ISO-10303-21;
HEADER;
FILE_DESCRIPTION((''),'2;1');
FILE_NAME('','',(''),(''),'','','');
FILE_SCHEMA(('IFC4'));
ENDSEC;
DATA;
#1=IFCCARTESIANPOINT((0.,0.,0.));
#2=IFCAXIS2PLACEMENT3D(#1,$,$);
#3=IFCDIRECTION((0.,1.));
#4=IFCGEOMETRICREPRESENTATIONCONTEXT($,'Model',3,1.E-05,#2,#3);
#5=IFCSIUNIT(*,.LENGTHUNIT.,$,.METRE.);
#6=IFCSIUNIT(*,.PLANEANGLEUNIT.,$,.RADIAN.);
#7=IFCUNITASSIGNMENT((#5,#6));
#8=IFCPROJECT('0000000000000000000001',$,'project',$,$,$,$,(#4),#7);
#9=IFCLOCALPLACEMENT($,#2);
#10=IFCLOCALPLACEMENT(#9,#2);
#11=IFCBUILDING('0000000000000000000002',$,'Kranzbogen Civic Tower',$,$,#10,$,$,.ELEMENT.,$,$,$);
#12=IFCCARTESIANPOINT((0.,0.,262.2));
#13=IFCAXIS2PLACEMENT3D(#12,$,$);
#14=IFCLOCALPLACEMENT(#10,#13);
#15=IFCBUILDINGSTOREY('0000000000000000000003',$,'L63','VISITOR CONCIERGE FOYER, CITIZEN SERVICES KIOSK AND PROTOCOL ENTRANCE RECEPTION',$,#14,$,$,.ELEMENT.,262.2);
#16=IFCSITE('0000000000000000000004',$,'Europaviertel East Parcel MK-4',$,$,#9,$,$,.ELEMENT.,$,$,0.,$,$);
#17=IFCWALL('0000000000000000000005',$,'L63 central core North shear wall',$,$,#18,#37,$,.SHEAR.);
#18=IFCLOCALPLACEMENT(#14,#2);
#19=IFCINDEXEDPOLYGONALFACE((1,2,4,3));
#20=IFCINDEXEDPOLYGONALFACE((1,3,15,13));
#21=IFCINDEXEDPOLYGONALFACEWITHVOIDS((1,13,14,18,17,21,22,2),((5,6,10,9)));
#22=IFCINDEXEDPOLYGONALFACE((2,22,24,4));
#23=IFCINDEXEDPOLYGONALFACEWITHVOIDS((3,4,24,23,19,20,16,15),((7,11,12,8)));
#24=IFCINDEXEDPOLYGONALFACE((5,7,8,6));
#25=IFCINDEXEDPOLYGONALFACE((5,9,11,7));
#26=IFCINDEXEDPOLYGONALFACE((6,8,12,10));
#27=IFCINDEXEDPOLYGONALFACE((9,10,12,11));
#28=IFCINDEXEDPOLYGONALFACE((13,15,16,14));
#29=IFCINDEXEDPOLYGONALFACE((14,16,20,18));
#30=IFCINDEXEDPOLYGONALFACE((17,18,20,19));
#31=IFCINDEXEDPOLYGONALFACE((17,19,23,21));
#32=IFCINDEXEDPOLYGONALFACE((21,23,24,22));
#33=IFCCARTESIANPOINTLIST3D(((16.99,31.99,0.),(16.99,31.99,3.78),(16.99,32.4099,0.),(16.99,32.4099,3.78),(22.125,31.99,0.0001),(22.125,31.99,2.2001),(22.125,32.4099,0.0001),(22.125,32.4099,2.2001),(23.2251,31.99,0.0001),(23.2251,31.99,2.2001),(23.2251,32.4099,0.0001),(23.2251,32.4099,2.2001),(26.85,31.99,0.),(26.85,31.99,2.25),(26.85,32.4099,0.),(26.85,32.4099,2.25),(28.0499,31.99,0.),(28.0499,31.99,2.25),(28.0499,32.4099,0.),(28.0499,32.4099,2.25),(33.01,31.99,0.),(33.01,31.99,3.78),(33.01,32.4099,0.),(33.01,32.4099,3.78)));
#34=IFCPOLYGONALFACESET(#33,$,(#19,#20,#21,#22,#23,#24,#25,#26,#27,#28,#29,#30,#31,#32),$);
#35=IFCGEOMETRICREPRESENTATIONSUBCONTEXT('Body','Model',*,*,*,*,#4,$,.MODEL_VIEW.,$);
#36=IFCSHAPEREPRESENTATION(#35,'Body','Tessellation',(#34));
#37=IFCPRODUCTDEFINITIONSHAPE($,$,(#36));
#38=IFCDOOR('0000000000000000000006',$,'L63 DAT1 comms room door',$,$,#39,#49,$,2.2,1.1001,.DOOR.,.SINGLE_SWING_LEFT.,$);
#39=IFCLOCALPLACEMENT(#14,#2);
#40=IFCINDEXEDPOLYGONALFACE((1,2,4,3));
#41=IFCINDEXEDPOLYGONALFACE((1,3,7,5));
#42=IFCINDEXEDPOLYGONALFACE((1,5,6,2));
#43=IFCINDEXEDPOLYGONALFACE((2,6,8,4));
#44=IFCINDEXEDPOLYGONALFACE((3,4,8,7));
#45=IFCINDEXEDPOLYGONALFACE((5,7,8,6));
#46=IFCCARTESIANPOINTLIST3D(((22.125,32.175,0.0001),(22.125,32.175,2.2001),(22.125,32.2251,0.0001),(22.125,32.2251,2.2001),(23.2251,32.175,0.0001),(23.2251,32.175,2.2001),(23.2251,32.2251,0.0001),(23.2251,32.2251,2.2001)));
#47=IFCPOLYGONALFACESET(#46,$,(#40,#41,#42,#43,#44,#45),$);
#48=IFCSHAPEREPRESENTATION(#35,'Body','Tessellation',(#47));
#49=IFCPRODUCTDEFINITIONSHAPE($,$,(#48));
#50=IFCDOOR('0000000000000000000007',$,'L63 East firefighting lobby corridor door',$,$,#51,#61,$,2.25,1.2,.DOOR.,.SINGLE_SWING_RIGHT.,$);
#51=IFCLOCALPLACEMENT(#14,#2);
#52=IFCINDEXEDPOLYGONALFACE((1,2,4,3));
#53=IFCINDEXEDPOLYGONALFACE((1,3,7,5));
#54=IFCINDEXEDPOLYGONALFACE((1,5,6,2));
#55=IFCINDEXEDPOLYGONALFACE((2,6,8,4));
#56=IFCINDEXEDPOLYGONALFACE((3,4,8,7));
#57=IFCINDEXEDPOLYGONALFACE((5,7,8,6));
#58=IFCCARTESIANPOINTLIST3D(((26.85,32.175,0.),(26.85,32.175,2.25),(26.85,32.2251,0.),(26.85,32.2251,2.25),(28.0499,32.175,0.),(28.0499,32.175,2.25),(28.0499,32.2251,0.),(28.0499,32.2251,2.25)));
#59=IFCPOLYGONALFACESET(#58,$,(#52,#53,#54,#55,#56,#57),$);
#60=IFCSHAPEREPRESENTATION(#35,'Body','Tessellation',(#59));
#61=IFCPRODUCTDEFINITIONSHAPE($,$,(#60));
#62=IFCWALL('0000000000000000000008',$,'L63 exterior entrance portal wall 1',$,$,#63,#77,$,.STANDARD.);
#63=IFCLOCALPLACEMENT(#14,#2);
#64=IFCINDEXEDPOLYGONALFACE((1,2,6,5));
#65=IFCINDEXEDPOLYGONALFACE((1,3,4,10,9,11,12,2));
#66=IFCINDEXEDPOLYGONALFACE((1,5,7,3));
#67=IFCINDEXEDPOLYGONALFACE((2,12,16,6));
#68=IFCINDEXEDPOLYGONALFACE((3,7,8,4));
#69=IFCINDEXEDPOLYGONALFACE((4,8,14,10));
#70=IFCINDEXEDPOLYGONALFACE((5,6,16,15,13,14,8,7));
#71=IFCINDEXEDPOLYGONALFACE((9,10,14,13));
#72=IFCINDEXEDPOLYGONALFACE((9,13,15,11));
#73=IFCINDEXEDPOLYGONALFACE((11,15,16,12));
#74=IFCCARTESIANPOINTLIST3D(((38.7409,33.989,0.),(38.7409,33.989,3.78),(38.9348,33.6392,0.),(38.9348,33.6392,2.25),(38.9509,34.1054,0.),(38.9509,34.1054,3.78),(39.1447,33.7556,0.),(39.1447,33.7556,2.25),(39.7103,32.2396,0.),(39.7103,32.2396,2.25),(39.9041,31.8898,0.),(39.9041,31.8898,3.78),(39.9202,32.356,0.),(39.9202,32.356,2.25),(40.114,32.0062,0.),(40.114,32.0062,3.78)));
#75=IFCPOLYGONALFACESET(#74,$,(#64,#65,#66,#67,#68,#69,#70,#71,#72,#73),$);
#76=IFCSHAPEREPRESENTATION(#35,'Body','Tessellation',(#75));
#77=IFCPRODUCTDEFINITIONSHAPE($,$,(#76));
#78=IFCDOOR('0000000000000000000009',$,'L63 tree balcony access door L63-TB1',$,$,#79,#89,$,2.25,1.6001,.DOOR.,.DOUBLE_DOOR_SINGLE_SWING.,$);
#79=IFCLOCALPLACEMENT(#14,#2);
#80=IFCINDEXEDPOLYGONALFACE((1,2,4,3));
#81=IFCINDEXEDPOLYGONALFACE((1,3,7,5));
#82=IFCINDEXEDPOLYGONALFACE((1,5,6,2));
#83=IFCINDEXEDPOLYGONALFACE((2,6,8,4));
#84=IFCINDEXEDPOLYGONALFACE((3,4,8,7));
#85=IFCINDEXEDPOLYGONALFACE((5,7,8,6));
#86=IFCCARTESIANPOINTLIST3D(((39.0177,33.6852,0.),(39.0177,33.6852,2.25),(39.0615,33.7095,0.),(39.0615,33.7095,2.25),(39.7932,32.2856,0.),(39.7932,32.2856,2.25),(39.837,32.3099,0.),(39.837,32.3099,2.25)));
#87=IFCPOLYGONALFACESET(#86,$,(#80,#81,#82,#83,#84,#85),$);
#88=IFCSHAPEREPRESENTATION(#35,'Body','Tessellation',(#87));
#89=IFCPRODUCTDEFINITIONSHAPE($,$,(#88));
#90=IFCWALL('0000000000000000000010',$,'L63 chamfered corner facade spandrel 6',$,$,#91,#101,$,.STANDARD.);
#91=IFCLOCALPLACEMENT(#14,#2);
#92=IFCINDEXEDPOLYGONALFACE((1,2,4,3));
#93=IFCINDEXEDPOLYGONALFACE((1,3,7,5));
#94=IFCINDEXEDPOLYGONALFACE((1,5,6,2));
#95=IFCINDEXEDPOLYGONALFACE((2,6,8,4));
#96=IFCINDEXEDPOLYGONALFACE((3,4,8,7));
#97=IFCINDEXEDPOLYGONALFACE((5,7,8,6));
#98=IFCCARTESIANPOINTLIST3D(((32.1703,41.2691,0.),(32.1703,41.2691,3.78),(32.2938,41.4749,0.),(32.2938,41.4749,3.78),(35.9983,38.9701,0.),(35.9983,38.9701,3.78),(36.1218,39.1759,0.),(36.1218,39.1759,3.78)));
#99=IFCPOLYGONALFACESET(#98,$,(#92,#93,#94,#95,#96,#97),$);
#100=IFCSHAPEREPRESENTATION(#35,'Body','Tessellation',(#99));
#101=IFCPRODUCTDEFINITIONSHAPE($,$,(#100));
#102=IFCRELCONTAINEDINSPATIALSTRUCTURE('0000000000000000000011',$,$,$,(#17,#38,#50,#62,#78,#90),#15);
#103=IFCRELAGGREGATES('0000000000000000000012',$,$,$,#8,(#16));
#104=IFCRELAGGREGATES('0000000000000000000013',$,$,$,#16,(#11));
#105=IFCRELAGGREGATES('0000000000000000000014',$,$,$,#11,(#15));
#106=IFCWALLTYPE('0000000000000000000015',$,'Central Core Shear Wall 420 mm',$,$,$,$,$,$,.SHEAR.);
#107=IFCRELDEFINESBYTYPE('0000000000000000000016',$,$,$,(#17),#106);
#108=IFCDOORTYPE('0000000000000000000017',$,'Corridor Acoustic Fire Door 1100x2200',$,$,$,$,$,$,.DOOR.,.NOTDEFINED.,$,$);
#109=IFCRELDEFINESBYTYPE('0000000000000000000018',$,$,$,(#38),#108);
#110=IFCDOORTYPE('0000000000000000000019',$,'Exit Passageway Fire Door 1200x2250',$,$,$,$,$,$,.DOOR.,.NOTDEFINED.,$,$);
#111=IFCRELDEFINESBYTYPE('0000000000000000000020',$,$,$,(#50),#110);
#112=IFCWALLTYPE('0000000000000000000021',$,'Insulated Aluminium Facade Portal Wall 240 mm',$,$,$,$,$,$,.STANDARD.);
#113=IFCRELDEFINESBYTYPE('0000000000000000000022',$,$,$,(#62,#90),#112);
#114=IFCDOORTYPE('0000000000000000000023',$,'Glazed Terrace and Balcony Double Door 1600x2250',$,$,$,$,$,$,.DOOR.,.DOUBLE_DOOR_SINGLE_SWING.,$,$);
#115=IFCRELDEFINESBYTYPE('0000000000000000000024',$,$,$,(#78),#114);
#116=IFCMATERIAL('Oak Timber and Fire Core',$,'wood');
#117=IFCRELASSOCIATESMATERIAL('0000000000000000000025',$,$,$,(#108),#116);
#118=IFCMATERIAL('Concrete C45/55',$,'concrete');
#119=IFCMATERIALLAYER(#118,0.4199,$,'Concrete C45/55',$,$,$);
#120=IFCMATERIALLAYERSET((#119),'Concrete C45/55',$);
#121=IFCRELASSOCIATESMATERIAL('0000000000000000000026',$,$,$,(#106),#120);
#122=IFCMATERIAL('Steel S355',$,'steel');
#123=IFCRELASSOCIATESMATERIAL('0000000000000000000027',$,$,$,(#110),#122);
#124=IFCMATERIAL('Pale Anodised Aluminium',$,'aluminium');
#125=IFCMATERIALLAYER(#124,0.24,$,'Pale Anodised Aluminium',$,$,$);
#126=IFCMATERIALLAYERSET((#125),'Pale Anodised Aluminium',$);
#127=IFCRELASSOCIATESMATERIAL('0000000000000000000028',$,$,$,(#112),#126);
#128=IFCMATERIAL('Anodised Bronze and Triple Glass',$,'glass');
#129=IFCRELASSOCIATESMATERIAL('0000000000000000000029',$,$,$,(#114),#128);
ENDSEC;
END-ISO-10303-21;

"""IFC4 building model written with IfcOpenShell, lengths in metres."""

from ifc_helpers import new_model, si_unit, direction, frame, frame_2d, origin, place, context, subcontext, project, spatial, rectangle, extrude, material, layer, layer_set, type_object, element, fill, save


model = new_model("IFC4")

# Units and contexts
model_context = context("Model", 3, precision=1e-05, world=origin(), true_north=direction((0.0, 1.0)))
body_context = subcontext(model_context, "Body", "Model", "MODEL_VIEW")
ifc_project = project(units=[si_unit("LENGTHUNIT", "METRE"), si_unit("PLANEANGLEUNIT", "RADIAN")], contexts=[model_context])

# Site, building, storey
site_placement = place(None, origin())
site = spatial("IfcSite", under=ifc_project, at=site_placement, Name="Europaviertel East Parcel MK-4", CompositionType="ELEMENT", RefElevation=0.0)
building_placement = place(site_placement, origin())
building = spatial("IfcBuilding", under=site, at=building_placement, Name="Kranzbogen Civic Tower", CompositionType="ELEMENT")
storey_placement = place(building_placement, frame((0.0, 0.0, 262.2)))
storey = spatial("IfcBuildingStorey", under=building, at=storey_placement, Name="L63", Description="VISITOR CONCIERGE FOYER, CITIZEN SERVICES KIOSK AND PROTOCOL ENTRANCE RECEPTION", CompositionType="ELEMENT", Elevation=262.2)

# Shared definitions
ifc_material_1 = material(Name="Steel S355", Category="steel")

# Shared definitions
ifc_material_2 = material(Name="Pale Anodised Aluminium", Category="aluminium")

# Shared definitions
ifc_material_3 = material(Name="Oak Timber and Fire Core", Category="wood")
door_type_1 = type_object("IfcDoorType", Name="Corridor Acoustic Fire Door 1100x2200", OperationType="NOTDEFINED", PredefinedType="DOOR", material=ifc_material_3)

# Wall, openings, doors
ifc_material_4 = material(Name="Concrete C45/55", Category="concrete")
ifc_layer_1 = layer(ifc_material_4, 0.4199, Name="Concrete C45/55")
ifc_layer_set_1 = layer_set([ifc_layer_1], Name="Concrete C45/55")
wall_type_1 = type_object("IfcWallType", Name="Central Core Shear Wall 420 mm", PredefinedType="SHEAR", material=ifc_layer_set_1)
wall_1_placement = place(storey_placement, frame((33.01, 32.2, 0.0), z_axis=(0.0, 0.0, 1.0), x_axis=(-1.0, 0.0, 0.0)))
wall_1 = element("IfcWall", 1, at=wall_1_placement, inside=storey, type_object=wall_type_1, Name="L63 central core North shear wall", PredefinedType="SHEAR", context=body_context, shape_type="SweptSolid", body=[
    extrude(rectangle(XDim=16.02, YDim=0.4199, at=frame_2d((8.01, 0.0))), origin(), (0.0, 0.0, 1.0), 3.78),
])
opening_1_placement = place(wall_1_placement, frame((4.96, 0.0, 0.0)))
opening_1 = element("IfcOpeningElement", 2, at=opening_1_placement, cuts=wall_1, PredefinedType="OPENING", context=body_context, shape_type="SweptSolid", body=[
    extrude(rectangle(XDim=1.2, YDim=2.25, at=frame_2d((0.6001, 1.125))), frame((0.0, 0.22, 0.0), z_axis=(0.0, -1.0, 0.0), x_axis=(1.0, 0.0, 0.0)), (0.0, 0.0, 1.0), 0.4399),
])
opening_2_placement = place(wall_1_placement, frame((9.7849, 0.0, 0.0)))
opening_2 = element("IfcOpeningElement", 3, at=opening_2_placement, cuts=wall_1, PredefinedType="OPENING", context=body_context, shape_type="SweptSolid", body=[
    extrude(rectangle(XDim=1.1001, YDim=2.2, at=frame_2d((0.55, 1.1001))), frame((0.0, 0.22, 0.0), z_axis=(0.0, -1.0, 0.0), x_axis=(1.0, 0.0, 0.0)), (0.0, 0.0, 1.0), 0.4399),
])
door_1_placement = place(opening_2_placement, origin())
door_1 = element("IfcDoor", 4, at=door_1_placement, inside=storey, type_object=door_type_1, Name="L63 DAT1 comms room door", OperationType="SINGLE_SWING_LEFT", OverallHeight=2.2, OverallWidth=1.1001, PredefinedType="DOOR", context=body_context, shape_type="SweptSolid", body=[
    extrude(rectangle(XDim=1.1001, YDim=2.2, at=frame_2d((0.55, 1.1001))), frame((0.0, 0.0249, 0.0), z_axis=(0.0, -1.0, 0.0), x_axis=(1.0, 0.0, 0.0)), (0.0, 0.0, 1.0), 0.05),
])
fill(opening_2, door_1)
door_type_2 = type_object("IfcDoorType", Name="Exit Passageway Fire Door 1200x2250", OperationType="NOTDEFINED", PredefinedType="DOOR", material=ifc_material_1)
door_2_placement = place(opening_1_placement, origin())
door_2 = element("IfcDoor", 5, at=door_2_placement, inside=storey, type_object=door_type_2, Name="L63 East firefighting lobby corridor door", OperationType="SINGLE_SWING_RIGHT", OverallHeight=2.25, OverallWidth=1.2, PredefinedType="DOOR", context=body_context, shape_type="SweptSolid", body=[
    extrude(rectangle(XDim=1.2, YDim=2.25, at=frame_2d((0.6001, 1.125))), frame((0.0, 0.0249, 0.0), z_axis=(0.0, -1.0, 0.0), x_axis=(1.0, 0.0, 0.0)), (0.0, 0.0, 1.0), 0.05),
])
fill(opening_1, door_2)

# Wall, opening, door
ifc_layer_2 = layer(ifc_material_2, 0.24, Name="Pale Anodised Aluminium")
ifc_layer_set_2 = layer_set([ifc_layer_2], Name="Pale Anodised Aluminium")
wall_type_2 = type_object("IfcWallType", Name="Insulated Aluminium Facade Portal Wall 240 mm", PredefinedType="STANDARD", material=ifc_layer_set_2)
wall_2_placement = place(storey_placement, frame((40.009, 31.948, 0.0), z_axis=(0.0, 0.0, 1.0), x_axis=(-0.484658, 0.874704, 0.0)))
wall_2 = element("IfcWall", 6, at=wall_2_placement, inside=storey, type_object=wall_type_2, Name="L63 exterior entrance portal wall 1", PredefinedType="STANDARD", context=body_context, shape_type="SweptSolid", body=[
    extrude(rectangle(XDim=2.3999, YDim=0.24, at=frame_2d((1.2, 0.0))), origin(), (0.0, 0.0, 1.0), 3.78),
])
opening_3_placement = place(wall_2_placement, frame((0.3999, 0.0, 0.0)))
opening_3 = element("IfcOpeningElement", 7, at=opening_3_placement, cuts=wall_2, PredefinedType="OPENING", context=body_context, shape_type="SweptSolid", body=[
    extrude(rectangle(XDim=1.6001, YDim=2.25, at=frame_2d((0.8, 1.125))), frame((0.0, 0.1299, 0.0), z_axis=(0.0, -1.0, 0.0), x_axis=(1.0, 0.0, 0.0)), (0.0, 0.0, 1.0), 0.26),
])
ifc_material_5 = material(Name="Anodised Bronze and Triple Glass", Category="glass")
door_type_3 = type_object("IfcDoorType", Name="Glazed Terrace and Balcony Double Door 1600x2250", OperationType="DOUBLE_DOOR_SINGLE_SWING", PredefinedType="DOOR", material=ifc_material_5)
door_3_placement = place(opening_3_placement, frame((1.6001, 0.0, 0.0), z_axis=(0.0, 0.0, 1.0), x_axis=(-1.0, 0.0, 0.0)))
door_3 = element("IfcDoor", 8, at=door_3_placement, inside=storey, type_object=door_type_3, Name="L63 tree balcony access door L63-TB1", OperationType="DOUBLE_DOOR_SINGLE_SWING", OverallHeight=2.25, OverallWidth=1.6001, PredefinedType="DOOR", context=body_context, shape_type="SweptSolid", body=[
    extrude(rectangle(XDim=1.6001, YDim=2.25, at=frame_2d((0.8, 1.125))), frame((0.0, 0.0249, 0.0), z_axis=(0.0, -1.0, 0.0), x_axis=(1.0, 0.0, 0.0)), (0.0, 0.0, 1.0), 0.05),
])
fill(opening_3, door_3)

# Wall
wall_3_placement = place(storey_placement, frame((36.0601, 39.073, 0.0), z_axis=(0.0, 0.0, 1.0), x_axis=(-0.857276, 0.514858, 0.0)))
element("IfcWall", 9, at=wall_3_placement, inside=storey, type_object=wall_type_2, Name="L63 chamfered corner facade spandrel 6", PredefinedType="STANDARD", context=body_context, shape_type="SweptSolid", body=[
    extrude(rectangle(XDim=4.4653, YDim=0.24, at=frame_2d((2.2327, 0.0))), origin(), (0.0, 0.0, 1.0), 3.78),
])

save(model, "model.ifc")
